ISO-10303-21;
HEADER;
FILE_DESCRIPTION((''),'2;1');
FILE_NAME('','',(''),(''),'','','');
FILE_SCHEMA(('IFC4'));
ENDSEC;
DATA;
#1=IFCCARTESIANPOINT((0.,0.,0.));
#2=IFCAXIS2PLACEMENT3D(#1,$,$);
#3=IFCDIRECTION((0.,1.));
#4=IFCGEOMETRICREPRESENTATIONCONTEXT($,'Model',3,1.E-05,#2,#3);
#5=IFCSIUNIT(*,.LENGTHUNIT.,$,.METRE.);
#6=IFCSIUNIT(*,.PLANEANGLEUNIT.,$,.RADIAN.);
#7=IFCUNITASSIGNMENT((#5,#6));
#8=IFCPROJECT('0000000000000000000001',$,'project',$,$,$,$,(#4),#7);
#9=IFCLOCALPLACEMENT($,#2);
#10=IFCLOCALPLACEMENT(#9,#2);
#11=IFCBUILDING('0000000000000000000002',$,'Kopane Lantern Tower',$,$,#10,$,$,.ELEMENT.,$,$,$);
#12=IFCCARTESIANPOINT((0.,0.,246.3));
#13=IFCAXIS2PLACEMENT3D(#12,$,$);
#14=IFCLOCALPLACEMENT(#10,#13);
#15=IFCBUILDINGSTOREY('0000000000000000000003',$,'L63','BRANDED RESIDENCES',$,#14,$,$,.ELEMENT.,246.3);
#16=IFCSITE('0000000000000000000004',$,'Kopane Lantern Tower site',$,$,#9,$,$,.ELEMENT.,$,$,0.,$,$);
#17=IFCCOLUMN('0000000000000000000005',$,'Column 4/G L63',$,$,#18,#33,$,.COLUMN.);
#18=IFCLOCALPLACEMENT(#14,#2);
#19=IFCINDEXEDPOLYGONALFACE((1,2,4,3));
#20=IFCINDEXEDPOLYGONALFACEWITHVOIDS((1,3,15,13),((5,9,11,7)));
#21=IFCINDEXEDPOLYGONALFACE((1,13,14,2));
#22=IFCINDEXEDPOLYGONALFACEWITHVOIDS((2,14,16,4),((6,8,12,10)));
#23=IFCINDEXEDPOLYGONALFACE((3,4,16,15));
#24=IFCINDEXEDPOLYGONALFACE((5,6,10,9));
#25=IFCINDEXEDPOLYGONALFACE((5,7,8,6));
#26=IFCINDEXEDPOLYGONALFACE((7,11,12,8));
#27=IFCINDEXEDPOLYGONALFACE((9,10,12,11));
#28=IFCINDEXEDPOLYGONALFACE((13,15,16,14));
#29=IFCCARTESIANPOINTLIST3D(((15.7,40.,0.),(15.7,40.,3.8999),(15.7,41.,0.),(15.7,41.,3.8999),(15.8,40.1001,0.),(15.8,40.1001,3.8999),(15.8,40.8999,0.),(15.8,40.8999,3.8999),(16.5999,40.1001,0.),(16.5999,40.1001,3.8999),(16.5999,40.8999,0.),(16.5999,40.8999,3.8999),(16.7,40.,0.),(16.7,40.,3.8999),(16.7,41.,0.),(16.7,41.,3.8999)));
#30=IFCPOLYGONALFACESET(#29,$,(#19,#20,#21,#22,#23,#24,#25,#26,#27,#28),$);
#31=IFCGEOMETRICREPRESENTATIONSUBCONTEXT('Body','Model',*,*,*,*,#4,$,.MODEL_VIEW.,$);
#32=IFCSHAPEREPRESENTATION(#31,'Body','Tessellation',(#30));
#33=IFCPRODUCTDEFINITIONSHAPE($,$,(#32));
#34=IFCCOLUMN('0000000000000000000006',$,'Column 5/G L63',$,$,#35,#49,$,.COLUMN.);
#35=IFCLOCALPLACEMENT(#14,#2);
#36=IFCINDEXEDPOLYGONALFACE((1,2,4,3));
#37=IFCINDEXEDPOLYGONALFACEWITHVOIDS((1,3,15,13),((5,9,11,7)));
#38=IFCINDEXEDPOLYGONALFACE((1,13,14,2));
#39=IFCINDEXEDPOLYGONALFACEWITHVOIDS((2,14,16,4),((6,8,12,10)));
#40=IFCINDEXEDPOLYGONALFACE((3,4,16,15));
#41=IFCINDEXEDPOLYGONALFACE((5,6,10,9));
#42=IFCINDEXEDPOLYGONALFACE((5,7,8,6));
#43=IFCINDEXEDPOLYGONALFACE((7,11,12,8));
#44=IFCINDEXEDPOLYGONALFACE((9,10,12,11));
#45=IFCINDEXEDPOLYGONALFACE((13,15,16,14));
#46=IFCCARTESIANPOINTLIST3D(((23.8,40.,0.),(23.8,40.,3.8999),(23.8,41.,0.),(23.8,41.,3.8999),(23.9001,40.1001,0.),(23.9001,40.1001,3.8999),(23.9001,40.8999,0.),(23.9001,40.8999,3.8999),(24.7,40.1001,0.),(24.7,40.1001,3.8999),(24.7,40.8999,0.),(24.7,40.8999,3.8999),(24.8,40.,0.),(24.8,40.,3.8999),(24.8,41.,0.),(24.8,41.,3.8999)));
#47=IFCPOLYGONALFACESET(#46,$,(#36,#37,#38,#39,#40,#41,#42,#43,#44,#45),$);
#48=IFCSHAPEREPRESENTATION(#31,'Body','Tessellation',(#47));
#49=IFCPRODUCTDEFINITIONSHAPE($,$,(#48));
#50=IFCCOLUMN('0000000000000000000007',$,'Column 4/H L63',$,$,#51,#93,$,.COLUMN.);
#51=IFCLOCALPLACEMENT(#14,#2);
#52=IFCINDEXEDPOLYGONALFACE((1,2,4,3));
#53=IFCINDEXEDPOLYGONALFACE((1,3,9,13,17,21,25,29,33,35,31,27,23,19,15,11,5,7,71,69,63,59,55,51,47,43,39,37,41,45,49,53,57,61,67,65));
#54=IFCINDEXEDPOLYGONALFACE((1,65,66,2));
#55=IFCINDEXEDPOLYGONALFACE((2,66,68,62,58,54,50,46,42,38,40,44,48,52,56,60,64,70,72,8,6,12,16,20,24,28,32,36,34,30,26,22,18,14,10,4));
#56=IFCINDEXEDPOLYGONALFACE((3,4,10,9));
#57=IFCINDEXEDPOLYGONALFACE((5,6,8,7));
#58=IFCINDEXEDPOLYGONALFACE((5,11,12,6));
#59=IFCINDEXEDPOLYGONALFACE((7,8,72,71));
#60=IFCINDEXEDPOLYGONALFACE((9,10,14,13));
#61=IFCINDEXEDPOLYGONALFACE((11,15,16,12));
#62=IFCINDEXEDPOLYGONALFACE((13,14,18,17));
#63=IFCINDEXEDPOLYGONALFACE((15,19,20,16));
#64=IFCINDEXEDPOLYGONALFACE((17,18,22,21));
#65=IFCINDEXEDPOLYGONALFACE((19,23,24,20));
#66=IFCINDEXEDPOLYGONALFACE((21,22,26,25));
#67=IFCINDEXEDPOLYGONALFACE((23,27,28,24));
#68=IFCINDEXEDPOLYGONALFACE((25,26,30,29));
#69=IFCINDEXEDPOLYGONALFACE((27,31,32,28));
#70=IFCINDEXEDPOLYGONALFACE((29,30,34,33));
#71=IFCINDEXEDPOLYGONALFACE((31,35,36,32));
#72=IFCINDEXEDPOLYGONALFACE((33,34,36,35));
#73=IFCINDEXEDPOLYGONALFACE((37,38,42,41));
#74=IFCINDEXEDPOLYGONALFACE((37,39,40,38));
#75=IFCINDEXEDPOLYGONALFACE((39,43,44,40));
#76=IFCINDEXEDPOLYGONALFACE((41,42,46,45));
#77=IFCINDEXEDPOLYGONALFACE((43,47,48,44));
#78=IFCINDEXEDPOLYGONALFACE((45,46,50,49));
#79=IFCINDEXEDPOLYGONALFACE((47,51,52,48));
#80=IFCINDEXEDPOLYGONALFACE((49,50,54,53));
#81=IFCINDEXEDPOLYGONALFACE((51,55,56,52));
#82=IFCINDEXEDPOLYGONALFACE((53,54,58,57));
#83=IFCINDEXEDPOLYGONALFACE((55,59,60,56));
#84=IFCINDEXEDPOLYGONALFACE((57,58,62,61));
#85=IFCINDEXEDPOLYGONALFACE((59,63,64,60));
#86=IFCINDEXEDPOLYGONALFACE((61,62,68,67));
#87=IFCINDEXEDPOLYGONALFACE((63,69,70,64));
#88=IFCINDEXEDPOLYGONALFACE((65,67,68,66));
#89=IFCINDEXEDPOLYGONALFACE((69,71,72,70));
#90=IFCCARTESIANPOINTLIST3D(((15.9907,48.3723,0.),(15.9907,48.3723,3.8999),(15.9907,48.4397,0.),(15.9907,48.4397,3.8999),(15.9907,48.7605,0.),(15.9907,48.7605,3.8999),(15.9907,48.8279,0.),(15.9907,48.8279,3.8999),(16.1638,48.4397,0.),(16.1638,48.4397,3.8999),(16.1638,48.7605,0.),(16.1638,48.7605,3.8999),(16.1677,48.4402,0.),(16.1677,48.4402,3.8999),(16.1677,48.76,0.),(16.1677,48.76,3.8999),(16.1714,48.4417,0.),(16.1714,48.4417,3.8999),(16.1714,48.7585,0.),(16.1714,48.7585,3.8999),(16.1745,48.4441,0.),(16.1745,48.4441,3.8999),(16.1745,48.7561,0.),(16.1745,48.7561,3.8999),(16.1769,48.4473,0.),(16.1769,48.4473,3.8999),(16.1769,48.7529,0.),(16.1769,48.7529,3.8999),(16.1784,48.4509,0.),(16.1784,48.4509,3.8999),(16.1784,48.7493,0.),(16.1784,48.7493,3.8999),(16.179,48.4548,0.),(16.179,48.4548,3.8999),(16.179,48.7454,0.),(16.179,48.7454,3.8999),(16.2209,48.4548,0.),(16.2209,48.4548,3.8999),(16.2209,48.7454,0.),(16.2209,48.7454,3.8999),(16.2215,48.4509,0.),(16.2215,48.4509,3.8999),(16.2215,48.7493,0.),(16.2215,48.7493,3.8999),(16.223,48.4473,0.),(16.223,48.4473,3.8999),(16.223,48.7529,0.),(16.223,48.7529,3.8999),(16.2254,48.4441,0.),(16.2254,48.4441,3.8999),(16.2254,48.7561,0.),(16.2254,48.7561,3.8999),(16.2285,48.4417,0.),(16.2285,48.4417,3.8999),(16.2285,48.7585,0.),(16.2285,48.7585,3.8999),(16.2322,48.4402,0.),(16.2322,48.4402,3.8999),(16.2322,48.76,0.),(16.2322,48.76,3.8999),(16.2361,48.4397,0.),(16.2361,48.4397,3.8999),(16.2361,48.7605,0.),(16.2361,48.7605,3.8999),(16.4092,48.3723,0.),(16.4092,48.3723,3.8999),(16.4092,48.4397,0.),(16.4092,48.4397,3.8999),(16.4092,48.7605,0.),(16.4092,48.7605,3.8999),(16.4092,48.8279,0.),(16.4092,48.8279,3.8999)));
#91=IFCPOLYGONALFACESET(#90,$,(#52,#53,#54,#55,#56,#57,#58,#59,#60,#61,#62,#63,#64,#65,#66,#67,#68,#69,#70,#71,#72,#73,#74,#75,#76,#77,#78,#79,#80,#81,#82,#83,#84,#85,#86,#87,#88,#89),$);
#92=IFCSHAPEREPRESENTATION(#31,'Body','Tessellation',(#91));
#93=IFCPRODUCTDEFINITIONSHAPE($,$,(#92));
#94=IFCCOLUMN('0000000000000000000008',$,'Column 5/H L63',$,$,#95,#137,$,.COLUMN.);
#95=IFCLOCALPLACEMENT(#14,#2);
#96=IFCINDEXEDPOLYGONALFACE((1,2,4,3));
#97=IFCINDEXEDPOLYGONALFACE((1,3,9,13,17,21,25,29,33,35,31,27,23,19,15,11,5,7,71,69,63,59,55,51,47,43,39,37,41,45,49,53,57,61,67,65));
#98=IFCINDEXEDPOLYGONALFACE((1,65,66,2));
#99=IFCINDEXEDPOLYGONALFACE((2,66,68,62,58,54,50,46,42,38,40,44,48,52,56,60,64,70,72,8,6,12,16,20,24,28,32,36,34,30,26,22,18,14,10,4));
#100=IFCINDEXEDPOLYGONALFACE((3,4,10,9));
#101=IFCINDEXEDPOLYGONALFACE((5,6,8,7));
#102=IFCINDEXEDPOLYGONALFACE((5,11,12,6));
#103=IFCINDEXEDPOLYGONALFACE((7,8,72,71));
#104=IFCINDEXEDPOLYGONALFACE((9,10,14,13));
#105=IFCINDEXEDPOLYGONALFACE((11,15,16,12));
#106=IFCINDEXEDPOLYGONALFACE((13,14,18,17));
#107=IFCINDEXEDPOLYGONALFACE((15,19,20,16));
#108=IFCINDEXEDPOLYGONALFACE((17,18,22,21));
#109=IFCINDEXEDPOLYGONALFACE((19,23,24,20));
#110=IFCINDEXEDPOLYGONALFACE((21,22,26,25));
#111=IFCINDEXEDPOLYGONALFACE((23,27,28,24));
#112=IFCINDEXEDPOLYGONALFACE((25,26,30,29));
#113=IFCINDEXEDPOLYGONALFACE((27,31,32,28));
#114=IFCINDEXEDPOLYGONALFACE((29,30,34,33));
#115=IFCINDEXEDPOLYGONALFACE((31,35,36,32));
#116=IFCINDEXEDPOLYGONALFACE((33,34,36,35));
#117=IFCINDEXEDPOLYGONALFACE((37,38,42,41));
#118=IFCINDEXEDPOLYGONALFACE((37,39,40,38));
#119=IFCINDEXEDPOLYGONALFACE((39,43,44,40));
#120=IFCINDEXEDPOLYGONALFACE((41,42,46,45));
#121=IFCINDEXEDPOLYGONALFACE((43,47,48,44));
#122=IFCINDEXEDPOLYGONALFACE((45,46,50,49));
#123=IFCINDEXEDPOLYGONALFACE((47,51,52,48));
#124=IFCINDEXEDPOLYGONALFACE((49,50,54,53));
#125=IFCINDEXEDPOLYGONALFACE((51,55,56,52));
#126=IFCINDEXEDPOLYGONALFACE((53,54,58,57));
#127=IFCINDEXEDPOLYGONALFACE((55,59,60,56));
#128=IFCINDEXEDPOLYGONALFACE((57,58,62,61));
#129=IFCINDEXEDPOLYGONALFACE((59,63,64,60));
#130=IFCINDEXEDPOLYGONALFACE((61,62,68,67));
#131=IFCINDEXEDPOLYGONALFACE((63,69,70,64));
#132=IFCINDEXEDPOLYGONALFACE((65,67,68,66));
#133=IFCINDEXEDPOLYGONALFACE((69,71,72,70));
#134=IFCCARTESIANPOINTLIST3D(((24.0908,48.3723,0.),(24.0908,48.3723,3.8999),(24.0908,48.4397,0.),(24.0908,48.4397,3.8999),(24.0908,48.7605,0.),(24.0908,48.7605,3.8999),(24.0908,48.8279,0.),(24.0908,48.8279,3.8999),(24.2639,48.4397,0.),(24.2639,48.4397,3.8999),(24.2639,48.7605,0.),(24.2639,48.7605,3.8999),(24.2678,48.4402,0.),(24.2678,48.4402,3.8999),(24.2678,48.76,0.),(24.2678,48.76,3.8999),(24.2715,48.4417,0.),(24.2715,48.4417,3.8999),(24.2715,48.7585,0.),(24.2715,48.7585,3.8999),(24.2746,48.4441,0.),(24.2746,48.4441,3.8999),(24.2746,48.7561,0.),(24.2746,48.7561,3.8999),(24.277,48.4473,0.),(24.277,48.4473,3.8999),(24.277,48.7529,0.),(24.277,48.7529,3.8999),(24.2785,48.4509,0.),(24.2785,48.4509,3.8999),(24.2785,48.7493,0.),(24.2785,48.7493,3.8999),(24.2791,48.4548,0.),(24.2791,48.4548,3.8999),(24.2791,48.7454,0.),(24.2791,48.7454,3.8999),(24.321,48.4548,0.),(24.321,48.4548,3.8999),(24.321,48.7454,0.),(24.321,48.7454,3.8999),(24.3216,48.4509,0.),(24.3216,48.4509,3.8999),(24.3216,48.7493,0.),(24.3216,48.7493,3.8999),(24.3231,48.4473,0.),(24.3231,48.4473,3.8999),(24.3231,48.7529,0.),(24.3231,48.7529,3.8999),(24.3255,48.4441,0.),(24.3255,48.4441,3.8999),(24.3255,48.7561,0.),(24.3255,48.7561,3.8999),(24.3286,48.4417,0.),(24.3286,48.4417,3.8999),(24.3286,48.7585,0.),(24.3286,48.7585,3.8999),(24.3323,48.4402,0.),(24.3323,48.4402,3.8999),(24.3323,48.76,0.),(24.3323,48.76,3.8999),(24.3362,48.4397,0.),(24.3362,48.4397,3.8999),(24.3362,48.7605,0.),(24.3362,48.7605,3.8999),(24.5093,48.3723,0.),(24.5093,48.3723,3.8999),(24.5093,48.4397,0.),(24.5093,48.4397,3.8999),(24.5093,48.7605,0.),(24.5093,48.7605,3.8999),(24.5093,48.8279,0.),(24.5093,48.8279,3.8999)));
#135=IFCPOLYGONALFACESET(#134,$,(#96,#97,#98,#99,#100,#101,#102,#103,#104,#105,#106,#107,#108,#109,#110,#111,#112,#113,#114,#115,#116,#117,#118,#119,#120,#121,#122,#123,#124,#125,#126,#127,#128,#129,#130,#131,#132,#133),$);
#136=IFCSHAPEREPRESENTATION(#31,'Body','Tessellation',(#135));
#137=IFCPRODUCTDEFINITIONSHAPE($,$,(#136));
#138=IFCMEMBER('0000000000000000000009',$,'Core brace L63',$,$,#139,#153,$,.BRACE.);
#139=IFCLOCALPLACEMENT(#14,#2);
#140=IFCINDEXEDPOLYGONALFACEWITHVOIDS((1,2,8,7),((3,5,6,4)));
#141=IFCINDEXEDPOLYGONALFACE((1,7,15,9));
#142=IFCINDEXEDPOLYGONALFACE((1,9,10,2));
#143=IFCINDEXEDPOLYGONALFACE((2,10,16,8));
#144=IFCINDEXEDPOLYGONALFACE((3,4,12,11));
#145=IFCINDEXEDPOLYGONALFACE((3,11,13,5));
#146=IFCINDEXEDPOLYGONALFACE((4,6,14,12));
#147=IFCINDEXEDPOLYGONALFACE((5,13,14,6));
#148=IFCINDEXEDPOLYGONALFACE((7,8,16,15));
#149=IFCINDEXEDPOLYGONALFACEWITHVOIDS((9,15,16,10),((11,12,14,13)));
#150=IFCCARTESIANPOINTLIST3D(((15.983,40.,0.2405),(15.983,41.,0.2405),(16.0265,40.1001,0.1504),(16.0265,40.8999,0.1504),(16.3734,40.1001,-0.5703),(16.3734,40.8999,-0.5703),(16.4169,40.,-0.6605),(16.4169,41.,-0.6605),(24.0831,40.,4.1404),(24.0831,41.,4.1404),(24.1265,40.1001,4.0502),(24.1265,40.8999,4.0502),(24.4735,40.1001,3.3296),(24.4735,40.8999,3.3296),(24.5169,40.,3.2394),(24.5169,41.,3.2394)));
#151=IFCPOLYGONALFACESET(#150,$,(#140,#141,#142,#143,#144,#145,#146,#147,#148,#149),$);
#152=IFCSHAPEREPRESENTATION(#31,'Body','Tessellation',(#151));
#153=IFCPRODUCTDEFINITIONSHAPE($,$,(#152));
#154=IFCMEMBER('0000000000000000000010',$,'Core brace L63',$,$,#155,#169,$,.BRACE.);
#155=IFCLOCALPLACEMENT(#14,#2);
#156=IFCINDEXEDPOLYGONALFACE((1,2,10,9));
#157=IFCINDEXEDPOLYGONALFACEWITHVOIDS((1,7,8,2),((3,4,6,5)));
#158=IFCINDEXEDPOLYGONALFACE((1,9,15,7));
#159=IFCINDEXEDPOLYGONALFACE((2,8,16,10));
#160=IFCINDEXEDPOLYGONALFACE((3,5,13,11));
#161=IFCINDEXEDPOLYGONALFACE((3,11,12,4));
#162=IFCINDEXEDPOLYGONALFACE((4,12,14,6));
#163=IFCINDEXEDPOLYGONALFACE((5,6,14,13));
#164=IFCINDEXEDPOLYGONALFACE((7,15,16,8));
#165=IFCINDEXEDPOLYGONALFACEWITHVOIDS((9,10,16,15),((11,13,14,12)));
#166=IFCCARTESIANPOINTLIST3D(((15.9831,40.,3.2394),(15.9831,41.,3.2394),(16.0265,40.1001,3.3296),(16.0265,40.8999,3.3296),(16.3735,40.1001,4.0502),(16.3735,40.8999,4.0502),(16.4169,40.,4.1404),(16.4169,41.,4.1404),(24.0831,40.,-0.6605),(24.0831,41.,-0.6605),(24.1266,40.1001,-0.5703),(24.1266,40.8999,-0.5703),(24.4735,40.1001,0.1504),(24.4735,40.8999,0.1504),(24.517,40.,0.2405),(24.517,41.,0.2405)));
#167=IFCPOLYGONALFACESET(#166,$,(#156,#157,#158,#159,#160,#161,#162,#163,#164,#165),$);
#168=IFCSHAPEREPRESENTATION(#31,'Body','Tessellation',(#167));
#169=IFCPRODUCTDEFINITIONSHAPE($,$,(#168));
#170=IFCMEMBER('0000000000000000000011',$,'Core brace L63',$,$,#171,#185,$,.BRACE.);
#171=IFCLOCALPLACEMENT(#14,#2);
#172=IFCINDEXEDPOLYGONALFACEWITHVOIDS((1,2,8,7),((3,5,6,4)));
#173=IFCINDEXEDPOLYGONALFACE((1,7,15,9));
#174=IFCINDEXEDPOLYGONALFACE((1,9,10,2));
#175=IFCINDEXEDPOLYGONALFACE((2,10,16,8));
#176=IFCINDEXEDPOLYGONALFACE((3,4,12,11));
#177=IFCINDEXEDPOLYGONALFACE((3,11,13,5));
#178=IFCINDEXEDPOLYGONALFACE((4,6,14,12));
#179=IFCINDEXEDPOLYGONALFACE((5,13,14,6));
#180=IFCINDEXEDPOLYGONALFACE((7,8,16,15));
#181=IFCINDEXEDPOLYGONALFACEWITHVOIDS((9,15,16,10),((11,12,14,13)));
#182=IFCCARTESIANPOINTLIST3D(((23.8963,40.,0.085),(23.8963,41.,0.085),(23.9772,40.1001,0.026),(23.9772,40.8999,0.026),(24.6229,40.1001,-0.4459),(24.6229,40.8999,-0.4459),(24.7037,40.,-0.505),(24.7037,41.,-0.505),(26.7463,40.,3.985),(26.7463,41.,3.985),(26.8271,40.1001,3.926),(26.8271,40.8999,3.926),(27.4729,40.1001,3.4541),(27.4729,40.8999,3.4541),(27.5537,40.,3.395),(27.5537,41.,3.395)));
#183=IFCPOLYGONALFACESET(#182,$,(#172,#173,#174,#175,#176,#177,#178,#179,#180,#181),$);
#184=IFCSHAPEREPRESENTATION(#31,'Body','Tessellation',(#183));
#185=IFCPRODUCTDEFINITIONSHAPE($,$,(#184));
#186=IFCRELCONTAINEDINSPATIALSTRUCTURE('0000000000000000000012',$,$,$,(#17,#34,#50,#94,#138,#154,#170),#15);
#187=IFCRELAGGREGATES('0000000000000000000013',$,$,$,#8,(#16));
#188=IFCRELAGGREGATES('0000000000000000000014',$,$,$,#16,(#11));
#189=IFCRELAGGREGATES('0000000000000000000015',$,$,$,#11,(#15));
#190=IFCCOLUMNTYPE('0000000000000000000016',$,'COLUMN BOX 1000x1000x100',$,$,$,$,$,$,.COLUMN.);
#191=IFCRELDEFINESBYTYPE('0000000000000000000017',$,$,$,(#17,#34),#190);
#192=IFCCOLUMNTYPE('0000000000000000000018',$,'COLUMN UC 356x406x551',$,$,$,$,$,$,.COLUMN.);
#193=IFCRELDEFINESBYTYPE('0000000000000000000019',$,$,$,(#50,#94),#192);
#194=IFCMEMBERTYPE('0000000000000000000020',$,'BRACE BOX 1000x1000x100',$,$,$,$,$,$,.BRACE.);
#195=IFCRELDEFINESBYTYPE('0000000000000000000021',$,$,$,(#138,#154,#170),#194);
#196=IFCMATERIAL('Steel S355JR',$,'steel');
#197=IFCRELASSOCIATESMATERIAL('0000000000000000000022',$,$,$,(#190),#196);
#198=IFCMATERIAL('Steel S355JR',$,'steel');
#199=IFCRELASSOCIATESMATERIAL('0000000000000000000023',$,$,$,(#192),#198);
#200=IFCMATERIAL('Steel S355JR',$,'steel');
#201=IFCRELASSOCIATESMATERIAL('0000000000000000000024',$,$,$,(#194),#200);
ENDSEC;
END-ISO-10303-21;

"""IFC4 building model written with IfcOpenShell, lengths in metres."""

from ifc_helpers import new_model, si_unit, direction, frame, origin, origin_2d, place, context, subcontext, project, spatial, hollow_rectangle, i_section, extrude, material, material_profile, profile_set, type_object, element, save


model = new_model("IFC4")

# Units and contexts
model_context = context("Model", 3, precision=1e-05, world=origin(), true_north=direction((0.0, 1.0)))
body_context = subcontext(model_context, "Body", "Model", "MODEL_VIEW")
ifc_project = project(units=[si_unit("LENGTHUNIT", "METRE"), si_unit("PLANEANGLEUNIT", "RADIAN")], contexts=[model_context])

# Site, building, storey
site_placement = place(None, origin())
site = spatial("IfcSite", under=ifc_project, at=site_placement, Name="Kopane Lantern Tower site", CompositionType="ELEMENT", RefElevation=0.0)
building_placement = place(site_placement, origin())
building = spatial("IfcBuilding", under=site, at=building_placement, Name="Kopane Lantern Tower", CompositionType="ELEMENT")
storey_placement = place(building_placement, frame((0.0, 0.0, 246.3)))
storey = spatial("IfcBuildingStorey", under=building, at=storey_placement, Name="L63", Description="BRANDED RESIDENCES", CompositionType="ELEMENT", Elevation=246.3)

# Columns
ifc_material_1 = material(Name="Steel S355JR", Category="steel")
ifc_material_profile_1 = material_profile(ifc_material_1, hollow_rectangle(XDim=1.0, YDim=1.0, WallThickness=0.1001, at=origin_2d()), Name="BOX 1000x1000x100")
ifc_profile_set_1 = profile_set([ifc_material_profile_1], Name="Steel S355JR")
column_type_1 = type_object("IfcColumnType", Name="COLUMN BOX 1000x1000x100", PredefinedType="COLUMN", material=ifc_profile_set_1)
for number, where, z_axis, x_axis, name in (
    (1, (16.2, 40.5, 0.0), (0.0, 0.0, 1.0), (1.0, 0.0, 0.0), "Column 4/G L63"),
    (2, (24.3, 40.5, 0.0), (0.0, 0.0, 1.0), (1.0, 0.0, 0.0), "Column 5/G L63"),
):
    element("IfcColumn", number, at=place(storey_placement, frame(where, z_axis=z_axis, x_axis=x_axis)), inside=storey, type_object=column_type_1, Name=name, PredefinedType="COLUMN", context=body_context, shape_type="SweptSolid", body=[
        extrude(hollow_rectangle(XDim=1.0, YDim=1.0, WallThickness=0.1001, at=origin_2d()), origin(), (0.0, 0.0, 1.0), 3.8999),
    ])
ifc_material_2 = material(Name="Steel S355JR", Category="steel")
ifc_material_profile_2 = material_profile(ifc_material_2, i_section(OverallWidth=0.4185, OverallDepth=0.4556, WebThickness=0.042, FlangeThickness=0.0674, FilletRadius=0.0151, at=origin_2d()), Name="UC 356x406x551")
ifc_profile_set_2 = profile_set([ifc_material_profile_2], Name="Steel S355JR")
column_type_2 = type_object("IfcColumnType", Name="COLUMN UC 356x406x551", PredefinedType="COLUMN", material=ifc_profile_set_2)
for number, where, z_axis, x_axis, name in (
    (3, (16.2, 48.6001, 0.0), (0.0, 0.0, 1.0), (1.0, 0.0, 0.0), "Column 4/H L63"),
    (4, (24.3, 48.6001, 0.0), (0.0, 0.0, 1.0), (1.0, 0.0, 0.0), "Column 5/H L63"),
):
    element("IfcColumn", number, at=place(storey_placement, frame(where, z_axis=z_axis, x_axis=x_axis)), inside=storey, type_object=column_type_2, Name=name, PredefinedType="COLUMN", context=body_context, shape_type="SweptSolid", body=[
        extrude(i_section(OverallWidth=0.4185, OverallDepth=0.4556, WebThickness=0.042, FlangeThickness=0.0674, FilletRadius=0.0151, at=origin_2d()), origin(), (0.0, 0.0, 1.0), 3.8999),
    ])

# Members
ifc_material_3 = material(Name="Steel S355JR", Category="steel")
ifc_material_profile_3 = material_profile(ifc_material_3, hollow_rectangle(XDim=1.0, YDim=1.0, WallThickness=0.1001, at=origin_2d()), Name="BOX 1000x1000x100")
ifc_profile_set_3 = profile_set([ifc_material_profile_3], Name="Steel S355JR")
member_type_1 = type_object("IfcMemberType", Name="BRACE BOX 1000x1000x100", PredefinedType="BRACE", material=ifc_profile_set_3)
for number, where, z_axis, x_axis, name in (
    (5, (16.2, 40.5, -0.21), (0.901008, 0.0, 0.433803), (0.0, 1.0, 0.0), "Core brace L63"),
    (6, (24.3, 40.5, -0.21), (-0.901008, 0.0, 0.433803), (0.0, -1.0, 0.0), "Core brace L63"),
):
    element("IfcMember", number, at=place(storey_placement, frame(where, z_axis=z_axis, x_axis=x_axis)), inside=storey, type_object=member_type_1, Name=name, PredefinedType="BRACE", context=body_context, shape_type="SweptSolid", body=[
        extrude(hollow_rectangle(XDim=1.0, YDim=1.0, WallThickness=0.1001, at=origin_2d()), origin(), (0.0, 0.0, 1.0), 8.99),
    ])
member_1_placement = place(storey_placement, frame((24.3, 40.5, -0.21), z_axis=(0.590006, 0.0, 0.807399), x_axis=(0.0, 1.0, 0.0)))
element("IfcMember", 7, at=member_1_placement, inside=storey, type_object=member_type_1, Name="Core brace L63", PredefinedType="BRACE", context=body_context, shape_type="SweptSolid", body=[
    extrude(hollow_rectangle(XDim=1.0, YDim=1.0, WallThickness=0.1001, at=origin_2d()), origin(), (0.0, 0.0, 1.0), 4.8303),
])

save(model, "model.ifc")
